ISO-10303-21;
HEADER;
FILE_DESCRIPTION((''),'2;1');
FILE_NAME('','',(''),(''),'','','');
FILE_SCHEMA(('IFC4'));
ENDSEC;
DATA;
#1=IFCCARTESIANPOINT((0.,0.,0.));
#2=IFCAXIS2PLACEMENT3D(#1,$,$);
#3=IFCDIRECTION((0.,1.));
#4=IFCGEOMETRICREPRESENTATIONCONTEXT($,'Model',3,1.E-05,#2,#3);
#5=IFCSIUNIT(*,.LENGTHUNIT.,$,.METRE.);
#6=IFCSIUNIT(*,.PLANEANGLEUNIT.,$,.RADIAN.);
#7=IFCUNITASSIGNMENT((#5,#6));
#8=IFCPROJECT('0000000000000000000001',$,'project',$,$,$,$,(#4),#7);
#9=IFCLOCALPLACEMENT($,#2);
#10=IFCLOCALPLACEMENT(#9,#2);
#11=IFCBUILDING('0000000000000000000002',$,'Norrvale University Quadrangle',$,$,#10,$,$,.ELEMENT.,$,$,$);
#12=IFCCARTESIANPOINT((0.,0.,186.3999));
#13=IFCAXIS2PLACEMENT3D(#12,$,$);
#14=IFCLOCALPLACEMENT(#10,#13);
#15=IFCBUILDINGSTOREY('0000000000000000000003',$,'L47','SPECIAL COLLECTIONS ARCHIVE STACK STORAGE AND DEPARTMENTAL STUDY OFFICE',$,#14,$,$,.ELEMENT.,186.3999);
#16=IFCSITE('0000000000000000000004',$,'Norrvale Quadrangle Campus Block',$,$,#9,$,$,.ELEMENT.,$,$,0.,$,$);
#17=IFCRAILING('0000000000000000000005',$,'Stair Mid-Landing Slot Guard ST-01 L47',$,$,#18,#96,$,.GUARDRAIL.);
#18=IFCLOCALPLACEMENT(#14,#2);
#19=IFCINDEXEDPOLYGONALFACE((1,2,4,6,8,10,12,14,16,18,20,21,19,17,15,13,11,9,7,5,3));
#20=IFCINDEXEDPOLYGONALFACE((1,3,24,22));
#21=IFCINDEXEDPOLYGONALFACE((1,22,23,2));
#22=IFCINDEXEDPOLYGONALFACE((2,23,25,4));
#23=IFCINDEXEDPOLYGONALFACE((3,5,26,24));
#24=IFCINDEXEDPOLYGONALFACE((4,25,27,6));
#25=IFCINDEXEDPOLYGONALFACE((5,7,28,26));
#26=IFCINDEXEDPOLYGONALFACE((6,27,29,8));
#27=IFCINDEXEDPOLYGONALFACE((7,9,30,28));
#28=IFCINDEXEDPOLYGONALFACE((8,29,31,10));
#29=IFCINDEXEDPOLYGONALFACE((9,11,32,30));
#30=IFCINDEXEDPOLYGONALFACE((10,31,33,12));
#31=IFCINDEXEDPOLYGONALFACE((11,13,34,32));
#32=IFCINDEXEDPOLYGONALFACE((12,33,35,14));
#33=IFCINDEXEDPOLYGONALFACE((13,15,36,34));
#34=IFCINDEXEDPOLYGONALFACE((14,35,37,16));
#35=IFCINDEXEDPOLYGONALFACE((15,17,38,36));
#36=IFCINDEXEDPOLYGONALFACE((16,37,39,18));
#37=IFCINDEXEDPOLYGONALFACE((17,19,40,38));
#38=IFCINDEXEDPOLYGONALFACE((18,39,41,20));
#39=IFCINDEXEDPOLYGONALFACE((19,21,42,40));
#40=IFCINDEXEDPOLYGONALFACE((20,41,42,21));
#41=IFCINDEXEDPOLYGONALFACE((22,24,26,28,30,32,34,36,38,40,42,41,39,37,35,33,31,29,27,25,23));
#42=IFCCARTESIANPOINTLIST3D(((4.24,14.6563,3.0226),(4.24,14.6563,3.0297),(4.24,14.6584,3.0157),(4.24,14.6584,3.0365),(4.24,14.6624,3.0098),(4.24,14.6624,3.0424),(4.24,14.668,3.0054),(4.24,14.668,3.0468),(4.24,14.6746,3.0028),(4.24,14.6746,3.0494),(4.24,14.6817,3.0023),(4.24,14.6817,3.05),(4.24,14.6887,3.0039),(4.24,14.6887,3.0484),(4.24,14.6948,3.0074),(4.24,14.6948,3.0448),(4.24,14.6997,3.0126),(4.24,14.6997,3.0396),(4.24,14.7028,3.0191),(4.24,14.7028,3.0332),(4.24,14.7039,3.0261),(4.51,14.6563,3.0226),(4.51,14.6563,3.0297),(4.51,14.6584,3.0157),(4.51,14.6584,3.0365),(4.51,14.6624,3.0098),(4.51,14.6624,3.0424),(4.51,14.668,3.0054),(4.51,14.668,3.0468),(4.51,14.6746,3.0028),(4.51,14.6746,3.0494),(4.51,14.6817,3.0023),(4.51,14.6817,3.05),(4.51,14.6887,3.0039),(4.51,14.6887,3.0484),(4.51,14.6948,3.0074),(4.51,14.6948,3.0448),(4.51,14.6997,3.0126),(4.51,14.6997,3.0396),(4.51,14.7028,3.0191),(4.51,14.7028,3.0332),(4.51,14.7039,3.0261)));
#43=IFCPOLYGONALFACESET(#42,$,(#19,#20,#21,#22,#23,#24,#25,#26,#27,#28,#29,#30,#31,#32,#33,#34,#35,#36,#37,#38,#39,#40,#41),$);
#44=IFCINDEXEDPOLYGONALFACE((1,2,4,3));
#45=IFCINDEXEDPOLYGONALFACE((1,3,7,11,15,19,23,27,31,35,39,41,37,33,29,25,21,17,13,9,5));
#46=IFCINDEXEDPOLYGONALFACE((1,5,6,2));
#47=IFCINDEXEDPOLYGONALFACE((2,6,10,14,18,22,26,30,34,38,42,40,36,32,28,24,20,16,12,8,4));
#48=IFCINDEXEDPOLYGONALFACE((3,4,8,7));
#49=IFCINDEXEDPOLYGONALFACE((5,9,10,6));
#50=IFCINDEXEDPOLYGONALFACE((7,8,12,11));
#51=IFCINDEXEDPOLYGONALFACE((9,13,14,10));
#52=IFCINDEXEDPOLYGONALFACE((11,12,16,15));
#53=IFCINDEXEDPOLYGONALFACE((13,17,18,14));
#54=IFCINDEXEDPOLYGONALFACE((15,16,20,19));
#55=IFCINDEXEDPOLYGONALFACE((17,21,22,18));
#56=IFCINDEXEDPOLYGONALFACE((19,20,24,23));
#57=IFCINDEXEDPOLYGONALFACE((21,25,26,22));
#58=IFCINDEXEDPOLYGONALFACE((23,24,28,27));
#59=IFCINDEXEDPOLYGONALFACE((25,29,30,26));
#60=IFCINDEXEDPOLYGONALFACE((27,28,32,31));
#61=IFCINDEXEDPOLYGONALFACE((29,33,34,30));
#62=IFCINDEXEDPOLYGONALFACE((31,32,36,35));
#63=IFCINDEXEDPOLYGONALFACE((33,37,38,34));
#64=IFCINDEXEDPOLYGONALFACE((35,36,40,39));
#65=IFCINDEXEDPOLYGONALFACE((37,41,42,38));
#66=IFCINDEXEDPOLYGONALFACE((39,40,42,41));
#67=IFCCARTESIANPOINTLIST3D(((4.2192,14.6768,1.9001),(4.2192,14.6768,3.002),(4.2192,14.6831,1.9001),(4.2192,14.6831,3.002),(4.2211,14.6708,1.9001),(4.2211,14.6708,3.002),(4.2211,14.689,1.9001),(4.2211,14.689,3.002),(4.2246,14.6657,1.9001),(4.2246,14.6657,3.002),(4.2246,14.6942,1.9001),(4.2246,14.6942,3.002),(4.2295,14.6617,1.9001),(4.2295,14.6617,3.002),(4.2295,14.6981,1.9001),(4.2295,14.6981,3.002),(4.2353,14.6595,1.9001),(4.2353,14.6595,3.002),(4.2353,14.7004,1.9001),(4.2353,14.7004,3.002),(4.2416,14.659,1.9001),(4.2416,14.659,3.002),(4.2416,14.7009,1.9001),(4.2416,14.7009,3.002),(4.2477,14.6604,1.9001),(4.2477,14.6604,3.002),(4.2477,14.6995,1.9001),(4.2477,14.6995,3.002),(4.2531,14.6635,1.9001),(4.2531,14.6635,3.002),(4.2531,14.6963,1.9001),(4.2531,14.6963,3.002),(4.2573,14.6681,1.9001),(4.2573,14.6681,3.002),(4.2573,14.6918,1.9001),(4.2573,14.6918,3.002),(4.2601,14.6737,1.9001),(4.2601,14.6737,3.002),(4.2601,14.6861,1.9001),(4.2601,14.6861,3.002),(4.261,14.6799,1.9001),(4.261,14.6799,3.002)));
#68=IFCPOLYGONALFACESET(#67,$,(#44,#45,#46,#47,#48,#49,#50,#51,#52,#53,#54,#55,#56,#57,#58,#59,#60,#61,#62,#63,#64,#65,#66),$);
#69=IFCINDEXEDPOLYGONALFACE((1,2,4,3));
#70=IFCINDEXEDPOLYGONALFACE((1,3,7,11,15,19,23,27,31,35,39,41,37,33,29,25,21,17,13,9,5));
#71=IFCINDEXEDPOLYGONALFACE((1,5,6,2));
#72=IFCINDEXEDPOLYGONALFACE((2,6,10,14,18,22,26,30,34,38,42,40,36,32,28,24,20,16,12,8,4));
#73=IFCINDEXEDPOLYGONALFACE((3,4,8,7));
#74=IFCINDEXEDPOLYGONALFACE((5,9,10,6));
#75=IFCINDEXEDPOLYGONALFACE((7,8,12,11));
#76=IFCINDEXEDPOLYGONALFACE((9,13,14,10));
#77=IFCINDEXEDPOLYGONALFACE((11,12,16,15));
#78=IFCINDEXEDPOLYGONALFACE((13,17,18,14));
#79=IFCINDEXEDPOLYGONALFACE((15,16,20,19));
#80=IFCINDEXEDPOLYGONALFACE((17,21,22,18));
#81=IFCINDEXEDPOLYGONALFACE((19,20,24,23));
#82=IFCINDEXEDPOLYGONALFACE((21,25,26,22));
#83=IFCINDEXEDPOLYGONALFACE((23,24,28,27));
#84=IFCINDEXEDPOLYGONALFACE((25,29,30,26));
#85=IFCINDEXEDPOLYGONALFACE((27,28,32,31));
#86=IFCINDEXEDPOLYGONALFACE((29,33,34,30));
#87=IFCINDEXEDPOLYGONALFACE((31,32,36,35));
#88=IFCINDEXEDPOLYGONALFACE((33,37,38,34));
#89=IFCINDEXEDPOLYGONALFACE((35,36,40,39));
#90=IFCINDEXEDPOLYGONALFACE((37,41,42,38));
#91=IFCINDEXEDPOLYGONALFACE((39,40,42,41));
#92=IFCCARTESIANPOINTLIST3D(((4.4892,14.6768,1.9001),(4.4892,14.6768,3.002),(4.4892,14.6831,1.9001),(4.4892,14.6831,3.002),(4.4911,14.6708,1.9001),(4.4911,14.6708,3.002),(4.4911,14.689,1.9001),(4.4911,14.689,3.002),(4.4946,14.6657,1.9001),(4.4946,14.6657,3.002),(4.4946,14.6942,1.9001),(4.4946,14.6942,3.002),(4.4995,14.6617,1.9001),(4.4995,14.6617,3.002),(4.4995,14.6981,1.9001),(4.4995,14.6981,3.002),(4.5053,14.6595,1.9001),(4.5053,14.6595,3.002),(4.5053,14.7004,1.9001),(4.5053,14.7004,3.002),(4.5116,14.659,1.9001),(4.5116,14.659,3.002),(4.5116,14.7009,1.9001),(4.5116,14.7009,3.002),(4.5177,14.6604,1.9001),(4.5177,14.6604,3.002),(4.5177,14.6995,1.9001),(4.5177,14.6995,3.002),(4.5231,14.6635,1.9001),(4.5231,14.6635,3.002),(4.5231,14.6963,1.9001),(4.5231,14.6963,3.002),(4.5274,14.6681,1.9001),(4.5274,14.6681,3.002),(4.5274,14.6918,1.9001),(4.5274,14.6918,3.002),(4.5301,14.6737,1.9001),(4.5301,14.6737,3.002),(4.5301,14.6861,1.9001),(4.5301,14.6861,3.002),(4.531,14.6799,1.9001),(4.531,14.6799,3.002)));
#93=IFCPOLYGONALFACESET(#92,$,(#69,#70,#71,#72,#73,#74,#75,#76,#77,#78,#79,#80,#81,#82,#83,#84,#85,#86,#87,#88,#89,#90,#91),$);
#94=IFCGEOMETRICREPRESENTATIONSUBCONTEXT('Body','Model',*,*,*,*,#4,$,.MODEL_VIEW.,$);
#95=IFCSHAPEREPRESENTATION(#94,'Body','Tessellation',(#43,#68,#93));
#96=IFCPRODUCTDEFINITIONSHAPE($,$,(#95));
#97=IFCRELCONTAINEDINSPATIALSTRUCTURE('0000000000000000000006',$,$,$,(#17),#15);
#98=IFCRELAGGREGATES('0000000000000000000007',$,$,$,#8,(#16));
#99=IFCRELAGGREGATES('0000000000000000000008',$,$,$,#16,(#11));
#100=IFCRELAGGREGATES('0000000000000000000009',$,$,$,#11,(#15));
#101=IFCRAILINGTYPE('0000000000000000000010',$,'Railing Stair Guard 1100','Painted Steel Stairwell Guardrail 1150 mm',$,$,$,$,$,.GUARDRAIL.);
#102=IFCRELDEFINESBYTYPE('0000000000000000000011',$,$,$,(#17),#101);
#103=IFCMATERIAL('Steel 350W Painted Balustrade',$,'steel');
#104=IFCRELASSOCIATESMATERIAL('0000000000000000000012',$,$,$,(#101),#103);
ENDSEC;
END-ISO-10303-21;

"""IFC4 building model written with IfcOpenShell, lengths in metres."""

from ifc_helpers import new_model, si_unit, direction, frame, origin, origin_2d, place, context, subcontext, project, spatial, circle, extrude, material, type_object, element, save


model = new_model("IFC4")

# Units and contexts
model_context = context("Model", 3, precision=1e-05, world=origin(), true_north=direction((0.0, 1.0)))
body_context = subcontext(model_context, "Body", "Model", "MODEL_VIEW")
ifc_project = project(units=[si_unit("LENGTHUNIT", "METRE"), si_unit("PLANEANGLEUNIT", "RADIAN")], contexts=[model_context])

# Site, building, storey
site_placement = place(None, origin())
site = spatial("IfcSite", under=ifc_project, at=site_placement, Name="Norrvale Quadrangle Campus Block", CompositionType="ELEMENT", RefElevation=0.0)
building_placement = place(site_placement, origin())
building = spatial("IfcBuilding", under=site, at=building_placement, Name="Norrvale University Quadrangle", CompositionType="ELEMENT")
storey_placement = place(building_placement, frame((0.0, 0.0, 186.3999)))
storey = spatial("IfcBuildingStorey", under=building, at=storey_placement, Name="L47", Description="SPECIAL COLLECTIONS ARCHIVE STACK STORAGE AND DEPARTMENTAL STUDY OFFICE", CompositionType="ELEMENT", Elevation=186.3999)

# Railing
ifc_material_1 = material(Name="Steel 350W Painted Balustrade", Category="steel")
railing_type_1 = type_object("IfcRailingType", Name="Railing Stair Guard 1100", Description="Painted Steel Stairwell Guardrail 1150 mm", PredefinedType="GUARDRAIL", material=ifc_material_1)
railing_1_placement = place(storey_placement, frame((4.24, 14.6799, 1.9001)))
element("IfcRailing", 1, at=railing_1_placement, inside=storey, type_object=railing_type_1, Name="Stair Mid-Landing Slot Guard ST-01 L47", PredefinedType="GUARDRAIL", context=body_context, shape_type="SweptSolid", body=[
    extrude(circle(Radius=0.0239, at=origin_2d()), frame((0.0, 0.0, 1.126), z_axis=(1.0, 0.0, 0.0), x_axis=(0.0, 1.0, 0.0)), (0.0, 0.0, 1.0), 0.27),
    extrude(circle(Radius=0.021, at=origin_2d()), origin(), (0.0, 0.0, 1.0), 1.1018),
    extrude(circle(Radius=0.021, at=origin_2d()), frame((0.27, 0.0, 0.0)), (0.0, 0.0, 1.0), 1.1018),
])

save(model, "model.ifc")
